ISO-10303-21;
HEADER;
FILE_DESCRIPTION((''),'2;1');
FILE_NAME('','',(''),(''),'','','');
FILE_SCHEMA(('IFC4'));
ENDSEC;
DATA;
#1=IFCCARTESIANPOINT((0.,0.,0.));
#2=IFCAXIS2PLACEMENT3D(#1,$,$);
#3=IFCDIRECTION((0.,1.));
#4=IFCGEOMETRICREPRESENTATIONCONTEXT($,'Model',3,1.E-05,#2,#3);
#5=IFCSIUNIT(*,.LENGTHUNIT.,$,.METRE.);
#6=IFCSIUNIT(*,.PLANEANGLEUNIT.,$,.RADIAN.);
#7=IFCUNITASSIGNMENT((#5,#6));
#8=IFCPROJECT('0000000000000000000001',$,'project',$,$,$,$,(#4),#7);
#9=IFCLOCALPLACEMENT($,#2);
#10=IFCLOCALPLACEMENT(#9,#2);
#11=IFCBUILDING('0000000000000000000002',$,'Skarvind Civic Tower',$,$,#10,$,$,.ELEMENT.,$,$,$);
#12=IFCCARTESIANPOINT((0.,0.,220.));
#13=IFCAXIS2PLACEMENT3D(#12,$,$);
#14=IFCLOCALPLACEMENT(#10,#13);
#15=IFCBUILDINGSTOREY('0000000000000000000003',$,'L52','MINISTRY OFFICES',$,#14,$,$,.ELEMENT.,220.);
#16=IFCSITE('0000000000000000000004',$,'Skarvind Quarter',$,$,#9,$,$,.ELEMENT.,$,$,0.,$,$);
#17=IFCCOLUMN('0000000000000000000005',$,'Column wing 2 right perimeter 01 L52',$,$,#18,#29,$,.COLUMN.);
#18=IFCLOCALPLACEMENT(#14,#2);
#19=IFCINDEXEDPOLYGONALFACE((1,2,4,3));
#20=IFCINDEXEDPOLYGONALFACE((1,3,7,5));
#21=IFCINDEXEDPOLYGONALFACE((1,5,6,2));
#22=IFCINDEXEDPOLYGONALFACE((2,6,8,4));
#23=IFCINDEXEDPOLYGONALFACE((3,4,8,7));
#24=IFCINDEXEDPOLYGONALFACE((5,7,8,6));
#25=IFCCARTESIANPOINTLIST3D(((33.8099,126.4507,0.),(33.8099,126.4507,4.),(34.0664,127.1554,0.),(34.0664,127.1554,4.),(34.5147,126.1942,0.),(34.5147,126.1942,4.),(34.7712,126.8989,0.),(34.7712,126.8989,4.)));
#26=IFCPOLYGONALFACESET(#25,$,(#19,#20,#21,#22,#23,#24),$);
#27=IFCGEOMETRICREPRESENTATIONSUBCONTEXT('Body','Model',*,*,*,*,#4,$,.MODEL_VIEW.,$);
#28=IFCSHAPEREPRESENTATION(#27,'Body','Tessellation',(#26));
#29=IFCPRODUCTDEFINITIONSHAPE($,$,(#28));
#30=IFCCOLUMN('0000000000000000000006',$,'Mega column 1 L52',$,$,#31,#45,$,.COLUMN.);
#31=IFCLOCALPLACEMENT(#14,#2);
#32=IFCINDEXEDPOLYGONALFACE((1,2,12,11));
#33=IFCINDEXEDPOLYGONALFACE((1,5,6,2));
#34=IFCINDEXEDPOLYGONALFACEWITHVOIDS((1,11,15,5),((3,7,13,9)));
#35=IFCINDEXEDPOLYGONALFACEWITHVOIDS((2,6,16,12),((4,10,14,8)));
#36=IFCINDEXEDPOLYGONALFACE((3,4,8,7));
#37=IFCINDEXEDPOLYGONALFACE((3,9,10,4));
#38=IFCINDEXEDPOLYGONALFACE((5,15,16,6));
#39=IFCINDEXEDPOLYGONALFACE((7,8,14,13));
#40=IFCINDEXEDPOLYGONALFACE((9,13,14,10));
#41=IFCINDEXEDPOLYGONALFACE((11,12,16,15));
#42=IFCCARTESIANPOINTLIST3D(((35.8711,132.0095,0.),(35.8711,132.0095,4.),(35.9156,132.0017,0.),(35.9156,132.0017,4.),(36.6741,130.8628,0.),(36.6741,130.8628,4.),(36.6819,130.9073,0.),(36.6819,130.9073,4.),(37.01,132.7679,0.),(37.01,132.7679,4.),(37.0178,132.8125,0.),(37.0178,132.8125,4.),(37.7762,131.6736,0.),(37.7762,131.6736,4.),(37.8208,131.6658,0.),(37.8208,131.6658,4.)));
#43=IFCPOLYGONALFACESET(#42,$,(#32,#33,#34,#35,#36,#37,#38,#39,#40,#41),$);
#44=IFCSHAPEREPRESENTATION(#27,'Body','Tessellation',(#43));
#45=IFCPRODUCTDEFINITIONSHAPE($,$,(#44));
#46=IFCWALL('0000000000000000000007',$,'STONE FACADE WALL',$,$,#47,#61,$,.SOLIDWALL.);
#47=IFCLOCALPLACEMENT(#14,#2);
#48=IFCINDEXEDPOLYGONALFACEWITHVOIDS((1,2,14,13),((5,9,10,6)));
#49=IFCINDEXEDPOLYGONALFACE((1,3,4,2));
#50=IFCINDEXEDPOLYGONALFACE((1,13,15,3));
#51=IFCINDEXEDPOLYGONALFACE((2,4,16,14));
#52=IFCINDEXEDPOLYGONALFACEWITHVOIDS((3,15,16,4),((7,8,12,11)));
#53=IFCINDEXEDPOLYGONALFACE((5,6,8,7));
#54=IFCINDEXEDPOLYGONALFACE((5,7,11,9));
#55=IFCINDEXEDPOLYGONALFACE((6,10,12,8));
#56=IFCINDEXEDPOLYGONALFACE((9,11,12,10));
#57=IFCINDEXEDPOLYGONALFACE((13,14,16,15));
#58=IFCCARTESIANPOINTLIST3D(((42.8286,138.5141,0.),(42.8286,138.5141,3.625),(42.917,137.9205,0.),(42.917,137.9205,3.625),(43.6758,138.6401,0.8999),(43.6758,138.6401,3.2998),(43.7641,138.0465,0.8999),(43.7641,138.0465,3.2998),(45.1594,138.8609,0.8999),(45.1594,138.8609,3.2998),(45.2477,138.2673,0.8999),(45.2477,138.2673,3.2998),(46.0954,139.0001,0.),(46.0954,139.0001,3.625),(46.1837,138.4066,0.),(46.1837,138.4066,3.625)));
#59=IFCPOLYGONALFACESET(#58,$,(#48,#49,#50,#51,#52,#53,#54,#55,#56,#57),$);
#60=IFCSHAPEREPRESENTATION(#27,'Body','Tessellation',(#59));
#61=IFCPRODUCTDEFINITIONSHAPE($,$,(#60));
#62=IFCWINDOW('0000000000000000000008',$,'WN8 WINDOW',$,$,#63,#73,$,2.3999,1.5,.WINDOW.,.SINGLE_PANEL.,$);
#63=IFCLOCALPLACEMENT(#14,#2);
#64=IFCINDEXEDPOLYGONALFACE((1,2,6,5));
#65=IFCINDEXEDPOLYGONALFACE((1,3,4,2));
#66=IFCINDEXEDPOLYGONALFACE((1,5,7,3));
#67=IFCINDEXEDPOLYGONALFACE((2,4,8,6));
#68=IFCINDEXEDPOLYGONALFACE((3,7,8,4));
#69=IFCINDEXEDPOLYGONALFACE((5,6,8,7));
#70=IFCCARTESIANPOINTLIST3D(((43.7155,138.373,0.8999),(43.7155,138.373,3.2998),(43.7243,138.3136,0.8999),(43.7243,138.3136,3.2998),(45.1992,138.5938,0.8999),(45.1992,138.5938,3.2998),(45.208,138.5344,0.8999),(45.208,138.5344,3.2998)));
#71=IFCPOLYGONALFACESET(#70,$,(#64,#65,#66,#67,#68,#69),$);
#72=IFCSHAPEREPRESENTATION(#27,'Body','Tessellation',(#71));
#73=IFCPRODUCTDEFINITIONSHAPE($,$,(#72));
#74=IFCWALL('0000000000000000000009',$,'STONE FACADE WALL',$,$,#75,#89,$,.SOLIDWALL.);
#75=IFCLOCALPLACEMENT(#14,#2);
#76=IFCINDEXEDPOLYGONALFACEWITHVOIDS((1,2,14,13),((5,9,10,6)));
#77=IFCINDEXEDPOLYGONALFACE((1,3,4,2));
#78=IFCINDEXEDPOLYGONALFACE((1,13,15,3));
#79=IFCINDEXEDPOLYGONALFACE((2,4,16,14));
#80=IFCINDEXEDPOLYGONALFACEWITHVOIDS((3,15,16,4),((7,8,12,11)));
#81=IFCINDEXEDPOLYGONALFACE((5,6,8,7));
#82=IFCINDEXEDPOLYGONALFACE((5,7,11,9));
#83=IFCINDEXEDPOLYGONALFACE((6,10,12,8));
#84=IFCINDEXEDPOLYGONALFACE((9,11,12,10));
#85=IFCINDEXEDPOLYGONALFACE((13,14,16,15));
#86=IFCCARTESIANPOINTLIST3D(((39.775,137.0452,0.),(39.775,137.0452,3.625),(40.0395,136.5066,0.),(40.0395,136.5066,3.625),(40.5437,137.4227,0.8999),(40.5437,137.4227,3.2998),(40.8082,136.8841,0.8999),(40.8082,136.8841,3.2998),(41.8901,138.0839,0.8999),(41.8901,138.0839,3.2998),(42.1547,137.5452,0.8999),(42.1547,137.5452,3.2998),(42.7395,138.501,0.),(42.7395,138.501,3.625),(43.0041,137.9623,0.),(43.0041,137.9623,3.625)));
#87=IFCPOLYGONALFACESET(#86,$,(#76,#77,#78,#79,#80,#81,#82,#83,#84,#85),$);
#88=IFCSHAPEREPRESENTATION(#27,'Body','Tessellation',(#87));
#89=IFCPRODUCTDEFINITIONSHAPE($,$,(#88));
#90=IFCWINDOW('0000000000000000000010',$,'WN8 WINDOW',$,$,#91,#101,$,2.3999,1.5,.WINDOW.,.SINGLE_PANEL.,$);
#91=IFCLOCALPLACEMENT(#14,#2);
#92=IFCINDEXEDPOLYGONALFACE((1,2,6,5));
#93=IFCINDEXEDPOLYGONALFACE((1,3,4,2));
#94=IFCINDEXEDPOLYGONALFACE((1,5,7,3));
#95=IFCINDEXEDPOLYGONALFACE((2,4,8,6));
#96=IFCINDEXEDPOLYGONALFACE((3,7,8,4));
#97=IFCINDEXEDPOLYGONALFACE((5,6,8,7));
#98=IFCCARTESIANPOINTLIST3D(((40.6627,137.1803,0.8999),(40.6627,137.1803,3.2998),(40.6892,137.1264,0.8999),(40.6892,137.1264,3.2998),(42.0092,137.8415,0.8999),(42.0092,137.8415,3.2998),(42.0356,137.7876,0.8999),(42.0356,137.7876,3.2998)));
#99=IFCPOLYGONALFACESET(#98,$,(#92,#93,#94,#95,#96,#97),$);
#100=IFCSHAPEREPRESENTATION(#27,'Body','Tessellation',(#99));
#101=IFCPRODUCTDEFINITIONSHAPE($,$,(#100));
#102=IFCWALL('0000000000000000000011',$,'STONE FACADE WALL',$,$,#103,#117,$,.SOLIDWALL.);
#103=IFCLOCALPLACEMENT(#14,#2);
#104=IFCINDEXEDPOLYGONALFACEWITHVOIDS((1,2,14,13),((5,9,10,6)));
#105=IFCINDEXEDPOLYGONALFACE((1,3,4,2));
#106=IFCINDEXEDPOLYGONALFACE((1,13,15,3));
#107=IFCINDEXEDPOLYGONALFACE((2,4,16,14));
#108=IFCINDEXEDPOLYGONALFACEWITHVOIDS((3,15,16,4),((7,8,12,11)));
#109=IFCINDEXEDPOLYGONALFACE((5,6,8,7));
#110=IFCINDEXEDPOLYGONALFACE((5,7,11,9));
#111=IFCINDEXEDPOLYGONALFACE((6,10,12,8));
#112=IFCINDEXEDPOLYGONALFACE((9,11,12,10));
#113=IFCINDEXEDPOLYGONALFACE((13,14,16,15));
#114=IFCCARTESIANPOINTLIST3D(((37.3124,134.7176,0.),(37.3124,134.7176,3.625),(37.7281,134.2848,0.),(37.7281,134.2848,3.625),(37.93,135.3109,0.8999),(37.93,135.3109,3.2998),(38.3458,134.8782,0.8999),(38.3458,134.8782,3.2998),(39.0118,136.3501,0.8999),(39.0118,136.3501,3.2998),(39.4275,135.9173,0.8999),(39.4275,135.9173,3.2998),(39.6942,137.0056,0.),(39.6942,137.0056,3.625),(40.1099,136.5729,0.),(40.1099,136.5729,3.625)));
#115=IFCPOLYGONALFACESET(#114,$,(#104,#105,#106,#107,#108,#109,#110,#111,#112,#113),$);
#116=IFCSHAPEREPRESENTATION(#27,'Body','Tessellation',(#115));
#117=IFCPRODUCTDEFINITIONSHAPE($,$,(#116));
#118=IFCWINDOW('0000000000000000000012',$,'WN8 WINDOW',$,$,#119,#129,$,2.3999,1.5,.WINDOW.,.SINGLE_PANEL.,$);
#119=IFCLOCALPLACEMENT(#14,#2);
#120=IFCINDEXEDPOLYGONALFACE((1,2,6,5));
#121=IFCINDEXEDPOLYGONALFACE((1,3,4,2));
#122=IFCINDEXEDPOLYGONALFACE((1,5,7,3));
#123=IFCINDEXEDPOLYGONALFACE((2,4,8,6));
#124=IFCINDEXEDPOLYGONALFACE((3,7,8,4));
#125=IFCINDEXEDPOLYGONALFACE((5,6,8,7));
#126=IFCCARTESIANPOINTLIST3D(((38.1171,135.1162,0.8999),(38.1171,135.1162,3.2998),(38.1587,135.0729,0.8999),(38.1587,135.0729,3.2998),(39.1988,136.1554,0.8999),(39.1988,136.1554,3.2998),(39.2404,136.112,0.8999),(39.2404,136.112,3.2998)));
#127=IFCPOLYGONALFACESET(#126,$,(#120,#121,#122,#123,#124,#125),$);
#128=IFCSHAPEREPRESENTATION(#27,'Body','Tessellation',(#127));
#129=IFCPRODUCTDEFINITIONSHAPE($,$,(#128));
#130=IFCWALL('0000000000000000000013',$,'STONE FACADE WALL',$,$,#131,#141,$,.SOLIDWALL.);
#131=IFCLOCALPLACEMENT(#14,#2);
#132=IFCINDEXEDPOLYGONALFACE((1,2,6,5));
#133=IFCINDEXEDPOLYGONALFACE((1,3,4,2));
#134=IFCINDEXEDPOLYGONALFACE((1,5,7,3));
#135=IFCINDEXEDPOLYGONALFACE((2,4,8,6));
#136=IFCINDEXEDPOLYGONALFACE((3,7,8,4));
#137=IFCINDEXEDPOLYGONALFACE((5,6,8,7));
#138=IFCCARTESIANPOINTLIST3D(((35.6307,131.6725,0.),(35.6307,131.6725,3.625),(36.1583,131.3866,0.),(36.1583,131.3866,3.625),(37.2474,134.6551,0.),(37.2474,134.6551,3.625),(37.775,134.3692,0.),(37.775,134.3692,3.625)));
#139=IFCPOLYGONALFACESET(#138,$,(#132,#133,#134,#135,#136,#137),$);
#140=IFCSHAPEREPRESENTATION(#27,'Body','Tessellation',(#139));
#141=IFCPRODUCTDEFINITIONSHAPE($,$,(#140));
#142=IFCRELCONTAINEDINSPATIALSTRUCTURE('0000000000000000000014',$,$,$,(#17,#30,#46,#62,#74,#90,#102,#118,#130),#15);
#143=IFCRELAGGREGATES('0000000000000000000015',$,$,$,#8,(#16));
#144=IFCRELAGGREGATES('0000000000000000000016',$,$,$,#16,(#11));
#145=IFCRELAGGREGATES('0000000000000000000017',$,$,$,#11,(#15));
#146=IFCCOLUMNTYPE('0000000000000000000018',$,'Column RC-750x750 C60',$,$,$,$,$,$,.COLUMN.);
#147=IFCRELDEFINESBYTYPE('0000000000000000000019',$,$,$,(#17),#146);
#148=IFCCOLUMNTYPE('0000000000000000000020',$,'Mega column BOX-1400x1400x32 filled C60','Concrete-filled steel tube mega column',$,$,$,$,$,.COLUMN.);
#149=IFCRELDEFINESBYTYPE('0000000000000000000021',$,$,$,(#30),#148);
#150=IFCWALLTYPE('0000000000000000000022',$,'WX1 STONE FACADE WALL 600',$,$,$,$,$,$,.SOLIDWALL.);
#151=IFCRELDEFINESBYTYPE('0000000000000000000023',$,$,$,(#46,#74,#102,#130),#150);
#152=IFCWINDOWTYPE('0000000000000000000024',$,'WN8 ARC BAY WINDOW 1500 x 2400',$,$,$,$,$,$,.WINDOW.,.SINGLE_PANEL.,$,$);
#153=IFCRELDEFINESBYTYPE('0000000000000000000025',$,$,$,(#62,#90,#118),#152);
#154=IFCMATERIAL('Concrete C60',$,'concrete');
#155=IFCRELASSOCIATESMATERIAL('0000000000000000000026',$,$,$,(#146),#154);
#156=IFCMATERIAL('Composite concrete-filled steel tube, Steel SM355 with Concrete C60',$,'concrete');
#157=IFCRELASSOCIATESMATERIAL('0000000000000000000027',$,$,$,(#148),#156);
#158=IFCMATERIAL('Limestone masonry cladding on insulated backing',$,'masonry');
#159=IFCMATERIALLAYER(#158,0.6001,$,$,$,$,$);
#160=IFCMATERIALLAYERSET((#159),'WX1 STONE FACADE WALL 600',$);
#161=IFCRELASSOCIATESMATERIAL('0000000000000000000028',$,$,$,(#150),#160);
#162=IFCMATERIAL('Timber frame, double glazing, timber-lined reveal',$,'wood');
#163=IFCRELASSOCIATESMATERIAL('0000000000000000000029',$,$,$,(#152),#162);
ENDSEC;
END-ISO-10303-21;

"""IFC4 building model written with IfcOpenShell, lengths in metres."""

from ifc_helpers import new_model, si_unit, direction, frame, frame_2d, origin, origin_2d, place, context, subcontext, project, spatial, rectangle, hollow_rectangle, extrude, material, layer, layer_set, material_profile, profile_set, type_object, element, fill, save


model = new_model("IFC4")

# Units and contexts
model_context = context("Model", 3, precision=1e-05, world=origin(), true_north=direction((0.0, 1.0)))
body_context = subcontext(model_context, "Body", "Model", "MODEL_VIEW")
ifc_project = project(units=[si_unit("LENGTHUNIT", "METRE"), si_unit("PLANEANGLEUNIT", "RADIAN")], contexts=[model_context])

# Site, building, storey
site_placement = place(None, origin())
site = spatial("IfcSite", under=ifc_project, at=site_placement, Name="Skarvind Quarter", CompositionType="ELEMENT", RefElevation=0.0)
building_placement = place(site_placement, origin())
building = spatial("IfcBuilding", under=site, at=building_placement, Name="Skarvind Civic Tower", CompositionType="ELEMENT")
storey_placement = place(building_placement, frame((0.0, 0.0, 220.0)))
storey = spatial("IfcBuildingStorey", under=building, at=storey_placement, Name="L52", Description="MINISTRY OFFICES", CompositionType="ELEMENT", Elevation=220.0)

# Columns
ifc_material_1 = material(Name="Concrete C60", Category="concrete")
ifc_material_profile_1 = material_profile(ifc_material_1, rectangle(XDim=0.75, YDim=0.75, at=origin_2d()), Name="RC-750x750")
ifc_profile_set_1 = profile_set([ifc_material_profile_1], Name="Concrete C60")
column_type_1 = type_object("IfcColumnType", Name="Column RC-750x750 C60", PredefinedType="COLUMN", material=ifc_profile_set_1)
column_1_placement = place(storey_placement, frame((34.2905, 126.6748, 0.0), z_axis=(0.0, 0.0, 1.0), x_axis=(-0.34202, -0.939693, 0.0)))
element("IfcColumn", 1, at=column_1_placement, inside=storey, type_object=column_type_1, Name="Column wing 2 right perimeter 01 L52", PredefinedType="COLUMN", context=body_context, shape_type="SweptSolid", body=[
    extrude(rectangle(XDim=0.75, YDim=0.75, at=origin_2d()), origin(), (0.0, 0.0, 1.0), 4.0),
])
ifc_material_2 = material(Name="Composite concrete-filled steel tube, Steel SM355 with Concrete C60", Category="concrete")
ifc_material_profile_2 = material_profile(ifc_material_2, hollow_rectangle(XDim=1.3999, YDim=1.3999, WallThickness=0.032, at=origin_2d()), Name="BOX-1400x1400x32")
ifc_profile_set_2 = profile_set([ifc_material_profile_2], Name="Composite concrete-filled steel tube, Steel SM355 with Concrete C60")
column_type_2 = type_object("IfcColumnType", Name="Mega column BOX-1400x1400x32 filled C60", Description="Concrete-filled steel tube mega column", PredefinedType="COLUMN", material=ifc_profile_set_2)
column_2_placement = place(storey_placement, frame((36.8459, 131.8376, 0.0), z_axis=(0.0, 0.0, 1.0), x_axis=(0.573576, -0.819152, 0.0)))
element("IfcColumn", 2, at=column_2_placement, inside=storey, type_object=column_type_2, Name="Mega column 1 L52", PredefinedType="COLUMN", context=body_context, shape_type="SweptSolid", body=[
    extrude(hollow_rectangle(XDim=1.3999, YDim=1.3999, WallThickness=0.032, at=origin_2d()), origin(), (0.0, 0.0, 1.0), 4.0),
])

# Shared definitions
ifc_material_3 = material(Name="Limestone masonry cladding on insulated backing", Category="masonry")
ifc_layer = layer(ifc_material_3, 0.6001)
ifc_layer_set = layer_set([ifc_layer], Name="WX1 STONE FACADE WALL 600")
wall_type = type_object("IfcWallType", Name="WX1 STONE FACADE WALL 600", PredefinedType="SOLIDWALL", material=ifc_layer_set)
ifc_material_4 = material(Name="Timber frame, double glazing, timber-lined reveal", Category="wood")

# Walls, openings, windows
wall_1_placement = place(storey_placement, frame((42.8728, 138.2173, 0.0), z_axis=(0.0, 0.0, 1.0), x_axis=(0.989111, 0.147173, 0.0)))
wall_1 = element("IfcWall", 3, at=wall_1_placement, inside=storey, type_object=wall_type, Name="STONE FACADE WALL", PredefinedType="SOLIDWALL", context=body_context, shape_type="SweptSolid", body=[
    extrude(rectangle(XDim=3.3027, YDim=0.6001, at=frame_2d((1.6514, 0.0))), origin(), (0.0, 0.0, 1.0), 3.625),
])
opening_1_placement = place(wall_1_placement, frame((0.8564, 0.0, 0.8999)))
opening_1 = element("IfcOpeningElement", 4, at=opening_1_placement, cuts=wall_1, PredefinedType="OPENING", context=body_context, shape_type="SweptSolid", body=[
    extrude(rectangle(XDim=1.5, YDim=2.3999, at=frame_2d((0.75, 1.2))), frame((0.0, 0.3101, 0.0), z_axis=(0.0, -1.0, 0.0), x_axis=(1.0, 0.0, 0.0)), (0.0, 0.0, 1.0), 0.6201),
])
window_type_1 = type_object("IfcWindowType", Name="WN8 ARC BAY WINDOW 1500 x 2400", PartitioningType="SINGLE_PANEL", PredefinedType="WINDOW", material=ifc_material_4)
window_1_placement = place(opening_1_placement, origin())
window_1 = element("IfcWindow", 5, at=window_1_placement, inside=storey, type_object=window_type_1, Name="WN8 WINDOW", OverallHeight=2.3999, OverallWidth=1.5, PartitioningType="SINGLE_PANEL", PredefinedType="WINDOW", context=body_context, shape_type="SweptSolid", body=[
    extrude(rectangle(XDim=1.5, YDim=2.3999, at=frame_2d((0.75, 1.2))), frame((0.0, 0.03, 0.0), z_axis=(0.0, -1.0, 0.0), x_axis=(1.0, 0.0, 0.0)), (0.0, 0.0, 1.0), 0.0601),
])
fill(opening_1, window_1)
wall_2_placement = place(storey_placement, frame((39.9072, 136.7759, 0.0), z_axis=(0.0, 0.0, 1.0), x_axis=(0.897612, 0.440786, 0.0)))
wall_2 = element("IfcWall", 6, at=wall_2_placement, inside=storey, type_object=wall_type, Name="STONE FACADE WALL", PredefinedType="SOLIDWALL", context=body_context, shape_type="SweptSolid", body=[
    extrude(rectangle(XDim=3.3027, YDim=0.6001, at=frame_2d((1.6514, 0.0))), origin(), (0.0, 0.0, 1.0), 3.625),
])
opening_2_placement = place(wall_2_placement, frame((0.8564, 0.0, 0.8999)))
opening_2 = element("IfcOpeningElement", 7, at=opening_2_placement, cuts=wall_2, PredefinedType="OPENING", context=body_context, shape_type="SweptSolid", body=[
    extrude(rectangle(XDim=1.5, YDim=2.3999, at=frame_2d((0.75, 1.2))), frame((0.0, 0.3101, 0.0), z_axis=(0.0, -1.0, 0.0), x_axis=(1.0, 0.0, 0.0)), (0.0, 0.0, 1.0), 0.6201),
])
window_2_placement = place(opening_2_placement, origin())
window_2 = element("IfcWindow", 8, at=window_2_placement, inside=storey, type_object=window_type_1, Name="WN8 WINDOW", OverallHeight=2.3999, OverallWidth=1.5, PartitioningType="SINGLE_PANEL", PredefinedType="WINDOW", context=body_context, shape_type="SweptSolid", body=[
    extrude(rectangle(XDim=1.5, YDim=2.3999, at=frame_2d((0.75, 1.2))), frame((0.0, 0.03, 0.0), z_axis=(0.0, -1.0, 0.0), x_axis=(1.0, 0.0, 0.0)), (0.0, 0.0, 1.0), 0.0601),
])
fill(opening_2, window_2)
wall_3_placement = place(storey_placement, frame((37.5203, 134.5012, 0.0), z_axis=(0.0, 0.0, 1.0), x_axis=(0.721157, 0.692772, 0.0)))
wall_3 = element("IfcWall", 9, at=wall_3_placement, inside=storey, type_object=wall_type, Name="STONE FACADE WALL", PredefinedType="SOLIDWALL", context=body_context, shape_type="SweptSolid", body=[
    extrude(rectangle(XDim=3.3027, YDim=0.6001, at=frame_2d((1.6514, 0.0))), origin(), (0.0, 0.0, 1.0), 3.625),
])
opening_3_placement = place(wall_3_placement, frame((0.8564, 0.0, 0.8999)))
opening_3 = element("IfcOpeningElement", 10, at=opening_3_placement, cuts=wall_3, PredefinedType="OPENING", context=body_context, shape_type="SweptSolid", body=[
    extrude(rectangle(XDim=1.5, YDim=2.3999, at=frame_2d((0.75, 1.2))), frame((0.0, 0.3101, 0.0), z_axis=(0.0, -1.0, 0.0), x_axis=(1.0, 0.0, 0.0)), (0.0, 0.0, 1.0), 0.6201),
])
window_3_placement = place(opening_3_placement, origin())
window_3 = element("IfcWindow", 11, at=window_3_placement, inside=storey, type_object=window_type_1, Name="WN8 WINDOW", OverallHeight=2.3999, OverallWidth=1.5, PartitioningType="SINGLE_PANEL", PredefinedType="WINDOW", context=body_context, shape_type="SweptSolid", body=[
    extrude(rectangle(XDim=1.5, YDim=2.3999, at=frame_2d((0.75, 1.2))), frame((0.0, 0.03, 0.0), z_axis=(0.0, -1.0, 0.0), x_axis=(1.0, 0.0, 0.0)), (0.0, 0.0, 1.0), 0.0601),
])
fill(opening_3, window_3)

# Wall
wall_4_placement = place(storey_placement, frame((35.8945, 131.5295, 0.0), z_axis=(0.0, 0.0, 1.0), x_axis=(0.476531, 0.879158, 0.0)))
element("IfcWall", 12, at=wall_4_placement, inside=storey, type_object=wall_type, Name="STONE FACADE WALL", PredefinedType="SOLIDWALL", context=body_context, shape_type="SweptSolid", body=[
    extrude(rectangle(XDim=3.3926, YDim=0.6001, at=frame_2d((1.6963, 0.0))), origin(), (0.0, 0.0, 1.0), 3.625),
])

save(model, "model.ifc")
